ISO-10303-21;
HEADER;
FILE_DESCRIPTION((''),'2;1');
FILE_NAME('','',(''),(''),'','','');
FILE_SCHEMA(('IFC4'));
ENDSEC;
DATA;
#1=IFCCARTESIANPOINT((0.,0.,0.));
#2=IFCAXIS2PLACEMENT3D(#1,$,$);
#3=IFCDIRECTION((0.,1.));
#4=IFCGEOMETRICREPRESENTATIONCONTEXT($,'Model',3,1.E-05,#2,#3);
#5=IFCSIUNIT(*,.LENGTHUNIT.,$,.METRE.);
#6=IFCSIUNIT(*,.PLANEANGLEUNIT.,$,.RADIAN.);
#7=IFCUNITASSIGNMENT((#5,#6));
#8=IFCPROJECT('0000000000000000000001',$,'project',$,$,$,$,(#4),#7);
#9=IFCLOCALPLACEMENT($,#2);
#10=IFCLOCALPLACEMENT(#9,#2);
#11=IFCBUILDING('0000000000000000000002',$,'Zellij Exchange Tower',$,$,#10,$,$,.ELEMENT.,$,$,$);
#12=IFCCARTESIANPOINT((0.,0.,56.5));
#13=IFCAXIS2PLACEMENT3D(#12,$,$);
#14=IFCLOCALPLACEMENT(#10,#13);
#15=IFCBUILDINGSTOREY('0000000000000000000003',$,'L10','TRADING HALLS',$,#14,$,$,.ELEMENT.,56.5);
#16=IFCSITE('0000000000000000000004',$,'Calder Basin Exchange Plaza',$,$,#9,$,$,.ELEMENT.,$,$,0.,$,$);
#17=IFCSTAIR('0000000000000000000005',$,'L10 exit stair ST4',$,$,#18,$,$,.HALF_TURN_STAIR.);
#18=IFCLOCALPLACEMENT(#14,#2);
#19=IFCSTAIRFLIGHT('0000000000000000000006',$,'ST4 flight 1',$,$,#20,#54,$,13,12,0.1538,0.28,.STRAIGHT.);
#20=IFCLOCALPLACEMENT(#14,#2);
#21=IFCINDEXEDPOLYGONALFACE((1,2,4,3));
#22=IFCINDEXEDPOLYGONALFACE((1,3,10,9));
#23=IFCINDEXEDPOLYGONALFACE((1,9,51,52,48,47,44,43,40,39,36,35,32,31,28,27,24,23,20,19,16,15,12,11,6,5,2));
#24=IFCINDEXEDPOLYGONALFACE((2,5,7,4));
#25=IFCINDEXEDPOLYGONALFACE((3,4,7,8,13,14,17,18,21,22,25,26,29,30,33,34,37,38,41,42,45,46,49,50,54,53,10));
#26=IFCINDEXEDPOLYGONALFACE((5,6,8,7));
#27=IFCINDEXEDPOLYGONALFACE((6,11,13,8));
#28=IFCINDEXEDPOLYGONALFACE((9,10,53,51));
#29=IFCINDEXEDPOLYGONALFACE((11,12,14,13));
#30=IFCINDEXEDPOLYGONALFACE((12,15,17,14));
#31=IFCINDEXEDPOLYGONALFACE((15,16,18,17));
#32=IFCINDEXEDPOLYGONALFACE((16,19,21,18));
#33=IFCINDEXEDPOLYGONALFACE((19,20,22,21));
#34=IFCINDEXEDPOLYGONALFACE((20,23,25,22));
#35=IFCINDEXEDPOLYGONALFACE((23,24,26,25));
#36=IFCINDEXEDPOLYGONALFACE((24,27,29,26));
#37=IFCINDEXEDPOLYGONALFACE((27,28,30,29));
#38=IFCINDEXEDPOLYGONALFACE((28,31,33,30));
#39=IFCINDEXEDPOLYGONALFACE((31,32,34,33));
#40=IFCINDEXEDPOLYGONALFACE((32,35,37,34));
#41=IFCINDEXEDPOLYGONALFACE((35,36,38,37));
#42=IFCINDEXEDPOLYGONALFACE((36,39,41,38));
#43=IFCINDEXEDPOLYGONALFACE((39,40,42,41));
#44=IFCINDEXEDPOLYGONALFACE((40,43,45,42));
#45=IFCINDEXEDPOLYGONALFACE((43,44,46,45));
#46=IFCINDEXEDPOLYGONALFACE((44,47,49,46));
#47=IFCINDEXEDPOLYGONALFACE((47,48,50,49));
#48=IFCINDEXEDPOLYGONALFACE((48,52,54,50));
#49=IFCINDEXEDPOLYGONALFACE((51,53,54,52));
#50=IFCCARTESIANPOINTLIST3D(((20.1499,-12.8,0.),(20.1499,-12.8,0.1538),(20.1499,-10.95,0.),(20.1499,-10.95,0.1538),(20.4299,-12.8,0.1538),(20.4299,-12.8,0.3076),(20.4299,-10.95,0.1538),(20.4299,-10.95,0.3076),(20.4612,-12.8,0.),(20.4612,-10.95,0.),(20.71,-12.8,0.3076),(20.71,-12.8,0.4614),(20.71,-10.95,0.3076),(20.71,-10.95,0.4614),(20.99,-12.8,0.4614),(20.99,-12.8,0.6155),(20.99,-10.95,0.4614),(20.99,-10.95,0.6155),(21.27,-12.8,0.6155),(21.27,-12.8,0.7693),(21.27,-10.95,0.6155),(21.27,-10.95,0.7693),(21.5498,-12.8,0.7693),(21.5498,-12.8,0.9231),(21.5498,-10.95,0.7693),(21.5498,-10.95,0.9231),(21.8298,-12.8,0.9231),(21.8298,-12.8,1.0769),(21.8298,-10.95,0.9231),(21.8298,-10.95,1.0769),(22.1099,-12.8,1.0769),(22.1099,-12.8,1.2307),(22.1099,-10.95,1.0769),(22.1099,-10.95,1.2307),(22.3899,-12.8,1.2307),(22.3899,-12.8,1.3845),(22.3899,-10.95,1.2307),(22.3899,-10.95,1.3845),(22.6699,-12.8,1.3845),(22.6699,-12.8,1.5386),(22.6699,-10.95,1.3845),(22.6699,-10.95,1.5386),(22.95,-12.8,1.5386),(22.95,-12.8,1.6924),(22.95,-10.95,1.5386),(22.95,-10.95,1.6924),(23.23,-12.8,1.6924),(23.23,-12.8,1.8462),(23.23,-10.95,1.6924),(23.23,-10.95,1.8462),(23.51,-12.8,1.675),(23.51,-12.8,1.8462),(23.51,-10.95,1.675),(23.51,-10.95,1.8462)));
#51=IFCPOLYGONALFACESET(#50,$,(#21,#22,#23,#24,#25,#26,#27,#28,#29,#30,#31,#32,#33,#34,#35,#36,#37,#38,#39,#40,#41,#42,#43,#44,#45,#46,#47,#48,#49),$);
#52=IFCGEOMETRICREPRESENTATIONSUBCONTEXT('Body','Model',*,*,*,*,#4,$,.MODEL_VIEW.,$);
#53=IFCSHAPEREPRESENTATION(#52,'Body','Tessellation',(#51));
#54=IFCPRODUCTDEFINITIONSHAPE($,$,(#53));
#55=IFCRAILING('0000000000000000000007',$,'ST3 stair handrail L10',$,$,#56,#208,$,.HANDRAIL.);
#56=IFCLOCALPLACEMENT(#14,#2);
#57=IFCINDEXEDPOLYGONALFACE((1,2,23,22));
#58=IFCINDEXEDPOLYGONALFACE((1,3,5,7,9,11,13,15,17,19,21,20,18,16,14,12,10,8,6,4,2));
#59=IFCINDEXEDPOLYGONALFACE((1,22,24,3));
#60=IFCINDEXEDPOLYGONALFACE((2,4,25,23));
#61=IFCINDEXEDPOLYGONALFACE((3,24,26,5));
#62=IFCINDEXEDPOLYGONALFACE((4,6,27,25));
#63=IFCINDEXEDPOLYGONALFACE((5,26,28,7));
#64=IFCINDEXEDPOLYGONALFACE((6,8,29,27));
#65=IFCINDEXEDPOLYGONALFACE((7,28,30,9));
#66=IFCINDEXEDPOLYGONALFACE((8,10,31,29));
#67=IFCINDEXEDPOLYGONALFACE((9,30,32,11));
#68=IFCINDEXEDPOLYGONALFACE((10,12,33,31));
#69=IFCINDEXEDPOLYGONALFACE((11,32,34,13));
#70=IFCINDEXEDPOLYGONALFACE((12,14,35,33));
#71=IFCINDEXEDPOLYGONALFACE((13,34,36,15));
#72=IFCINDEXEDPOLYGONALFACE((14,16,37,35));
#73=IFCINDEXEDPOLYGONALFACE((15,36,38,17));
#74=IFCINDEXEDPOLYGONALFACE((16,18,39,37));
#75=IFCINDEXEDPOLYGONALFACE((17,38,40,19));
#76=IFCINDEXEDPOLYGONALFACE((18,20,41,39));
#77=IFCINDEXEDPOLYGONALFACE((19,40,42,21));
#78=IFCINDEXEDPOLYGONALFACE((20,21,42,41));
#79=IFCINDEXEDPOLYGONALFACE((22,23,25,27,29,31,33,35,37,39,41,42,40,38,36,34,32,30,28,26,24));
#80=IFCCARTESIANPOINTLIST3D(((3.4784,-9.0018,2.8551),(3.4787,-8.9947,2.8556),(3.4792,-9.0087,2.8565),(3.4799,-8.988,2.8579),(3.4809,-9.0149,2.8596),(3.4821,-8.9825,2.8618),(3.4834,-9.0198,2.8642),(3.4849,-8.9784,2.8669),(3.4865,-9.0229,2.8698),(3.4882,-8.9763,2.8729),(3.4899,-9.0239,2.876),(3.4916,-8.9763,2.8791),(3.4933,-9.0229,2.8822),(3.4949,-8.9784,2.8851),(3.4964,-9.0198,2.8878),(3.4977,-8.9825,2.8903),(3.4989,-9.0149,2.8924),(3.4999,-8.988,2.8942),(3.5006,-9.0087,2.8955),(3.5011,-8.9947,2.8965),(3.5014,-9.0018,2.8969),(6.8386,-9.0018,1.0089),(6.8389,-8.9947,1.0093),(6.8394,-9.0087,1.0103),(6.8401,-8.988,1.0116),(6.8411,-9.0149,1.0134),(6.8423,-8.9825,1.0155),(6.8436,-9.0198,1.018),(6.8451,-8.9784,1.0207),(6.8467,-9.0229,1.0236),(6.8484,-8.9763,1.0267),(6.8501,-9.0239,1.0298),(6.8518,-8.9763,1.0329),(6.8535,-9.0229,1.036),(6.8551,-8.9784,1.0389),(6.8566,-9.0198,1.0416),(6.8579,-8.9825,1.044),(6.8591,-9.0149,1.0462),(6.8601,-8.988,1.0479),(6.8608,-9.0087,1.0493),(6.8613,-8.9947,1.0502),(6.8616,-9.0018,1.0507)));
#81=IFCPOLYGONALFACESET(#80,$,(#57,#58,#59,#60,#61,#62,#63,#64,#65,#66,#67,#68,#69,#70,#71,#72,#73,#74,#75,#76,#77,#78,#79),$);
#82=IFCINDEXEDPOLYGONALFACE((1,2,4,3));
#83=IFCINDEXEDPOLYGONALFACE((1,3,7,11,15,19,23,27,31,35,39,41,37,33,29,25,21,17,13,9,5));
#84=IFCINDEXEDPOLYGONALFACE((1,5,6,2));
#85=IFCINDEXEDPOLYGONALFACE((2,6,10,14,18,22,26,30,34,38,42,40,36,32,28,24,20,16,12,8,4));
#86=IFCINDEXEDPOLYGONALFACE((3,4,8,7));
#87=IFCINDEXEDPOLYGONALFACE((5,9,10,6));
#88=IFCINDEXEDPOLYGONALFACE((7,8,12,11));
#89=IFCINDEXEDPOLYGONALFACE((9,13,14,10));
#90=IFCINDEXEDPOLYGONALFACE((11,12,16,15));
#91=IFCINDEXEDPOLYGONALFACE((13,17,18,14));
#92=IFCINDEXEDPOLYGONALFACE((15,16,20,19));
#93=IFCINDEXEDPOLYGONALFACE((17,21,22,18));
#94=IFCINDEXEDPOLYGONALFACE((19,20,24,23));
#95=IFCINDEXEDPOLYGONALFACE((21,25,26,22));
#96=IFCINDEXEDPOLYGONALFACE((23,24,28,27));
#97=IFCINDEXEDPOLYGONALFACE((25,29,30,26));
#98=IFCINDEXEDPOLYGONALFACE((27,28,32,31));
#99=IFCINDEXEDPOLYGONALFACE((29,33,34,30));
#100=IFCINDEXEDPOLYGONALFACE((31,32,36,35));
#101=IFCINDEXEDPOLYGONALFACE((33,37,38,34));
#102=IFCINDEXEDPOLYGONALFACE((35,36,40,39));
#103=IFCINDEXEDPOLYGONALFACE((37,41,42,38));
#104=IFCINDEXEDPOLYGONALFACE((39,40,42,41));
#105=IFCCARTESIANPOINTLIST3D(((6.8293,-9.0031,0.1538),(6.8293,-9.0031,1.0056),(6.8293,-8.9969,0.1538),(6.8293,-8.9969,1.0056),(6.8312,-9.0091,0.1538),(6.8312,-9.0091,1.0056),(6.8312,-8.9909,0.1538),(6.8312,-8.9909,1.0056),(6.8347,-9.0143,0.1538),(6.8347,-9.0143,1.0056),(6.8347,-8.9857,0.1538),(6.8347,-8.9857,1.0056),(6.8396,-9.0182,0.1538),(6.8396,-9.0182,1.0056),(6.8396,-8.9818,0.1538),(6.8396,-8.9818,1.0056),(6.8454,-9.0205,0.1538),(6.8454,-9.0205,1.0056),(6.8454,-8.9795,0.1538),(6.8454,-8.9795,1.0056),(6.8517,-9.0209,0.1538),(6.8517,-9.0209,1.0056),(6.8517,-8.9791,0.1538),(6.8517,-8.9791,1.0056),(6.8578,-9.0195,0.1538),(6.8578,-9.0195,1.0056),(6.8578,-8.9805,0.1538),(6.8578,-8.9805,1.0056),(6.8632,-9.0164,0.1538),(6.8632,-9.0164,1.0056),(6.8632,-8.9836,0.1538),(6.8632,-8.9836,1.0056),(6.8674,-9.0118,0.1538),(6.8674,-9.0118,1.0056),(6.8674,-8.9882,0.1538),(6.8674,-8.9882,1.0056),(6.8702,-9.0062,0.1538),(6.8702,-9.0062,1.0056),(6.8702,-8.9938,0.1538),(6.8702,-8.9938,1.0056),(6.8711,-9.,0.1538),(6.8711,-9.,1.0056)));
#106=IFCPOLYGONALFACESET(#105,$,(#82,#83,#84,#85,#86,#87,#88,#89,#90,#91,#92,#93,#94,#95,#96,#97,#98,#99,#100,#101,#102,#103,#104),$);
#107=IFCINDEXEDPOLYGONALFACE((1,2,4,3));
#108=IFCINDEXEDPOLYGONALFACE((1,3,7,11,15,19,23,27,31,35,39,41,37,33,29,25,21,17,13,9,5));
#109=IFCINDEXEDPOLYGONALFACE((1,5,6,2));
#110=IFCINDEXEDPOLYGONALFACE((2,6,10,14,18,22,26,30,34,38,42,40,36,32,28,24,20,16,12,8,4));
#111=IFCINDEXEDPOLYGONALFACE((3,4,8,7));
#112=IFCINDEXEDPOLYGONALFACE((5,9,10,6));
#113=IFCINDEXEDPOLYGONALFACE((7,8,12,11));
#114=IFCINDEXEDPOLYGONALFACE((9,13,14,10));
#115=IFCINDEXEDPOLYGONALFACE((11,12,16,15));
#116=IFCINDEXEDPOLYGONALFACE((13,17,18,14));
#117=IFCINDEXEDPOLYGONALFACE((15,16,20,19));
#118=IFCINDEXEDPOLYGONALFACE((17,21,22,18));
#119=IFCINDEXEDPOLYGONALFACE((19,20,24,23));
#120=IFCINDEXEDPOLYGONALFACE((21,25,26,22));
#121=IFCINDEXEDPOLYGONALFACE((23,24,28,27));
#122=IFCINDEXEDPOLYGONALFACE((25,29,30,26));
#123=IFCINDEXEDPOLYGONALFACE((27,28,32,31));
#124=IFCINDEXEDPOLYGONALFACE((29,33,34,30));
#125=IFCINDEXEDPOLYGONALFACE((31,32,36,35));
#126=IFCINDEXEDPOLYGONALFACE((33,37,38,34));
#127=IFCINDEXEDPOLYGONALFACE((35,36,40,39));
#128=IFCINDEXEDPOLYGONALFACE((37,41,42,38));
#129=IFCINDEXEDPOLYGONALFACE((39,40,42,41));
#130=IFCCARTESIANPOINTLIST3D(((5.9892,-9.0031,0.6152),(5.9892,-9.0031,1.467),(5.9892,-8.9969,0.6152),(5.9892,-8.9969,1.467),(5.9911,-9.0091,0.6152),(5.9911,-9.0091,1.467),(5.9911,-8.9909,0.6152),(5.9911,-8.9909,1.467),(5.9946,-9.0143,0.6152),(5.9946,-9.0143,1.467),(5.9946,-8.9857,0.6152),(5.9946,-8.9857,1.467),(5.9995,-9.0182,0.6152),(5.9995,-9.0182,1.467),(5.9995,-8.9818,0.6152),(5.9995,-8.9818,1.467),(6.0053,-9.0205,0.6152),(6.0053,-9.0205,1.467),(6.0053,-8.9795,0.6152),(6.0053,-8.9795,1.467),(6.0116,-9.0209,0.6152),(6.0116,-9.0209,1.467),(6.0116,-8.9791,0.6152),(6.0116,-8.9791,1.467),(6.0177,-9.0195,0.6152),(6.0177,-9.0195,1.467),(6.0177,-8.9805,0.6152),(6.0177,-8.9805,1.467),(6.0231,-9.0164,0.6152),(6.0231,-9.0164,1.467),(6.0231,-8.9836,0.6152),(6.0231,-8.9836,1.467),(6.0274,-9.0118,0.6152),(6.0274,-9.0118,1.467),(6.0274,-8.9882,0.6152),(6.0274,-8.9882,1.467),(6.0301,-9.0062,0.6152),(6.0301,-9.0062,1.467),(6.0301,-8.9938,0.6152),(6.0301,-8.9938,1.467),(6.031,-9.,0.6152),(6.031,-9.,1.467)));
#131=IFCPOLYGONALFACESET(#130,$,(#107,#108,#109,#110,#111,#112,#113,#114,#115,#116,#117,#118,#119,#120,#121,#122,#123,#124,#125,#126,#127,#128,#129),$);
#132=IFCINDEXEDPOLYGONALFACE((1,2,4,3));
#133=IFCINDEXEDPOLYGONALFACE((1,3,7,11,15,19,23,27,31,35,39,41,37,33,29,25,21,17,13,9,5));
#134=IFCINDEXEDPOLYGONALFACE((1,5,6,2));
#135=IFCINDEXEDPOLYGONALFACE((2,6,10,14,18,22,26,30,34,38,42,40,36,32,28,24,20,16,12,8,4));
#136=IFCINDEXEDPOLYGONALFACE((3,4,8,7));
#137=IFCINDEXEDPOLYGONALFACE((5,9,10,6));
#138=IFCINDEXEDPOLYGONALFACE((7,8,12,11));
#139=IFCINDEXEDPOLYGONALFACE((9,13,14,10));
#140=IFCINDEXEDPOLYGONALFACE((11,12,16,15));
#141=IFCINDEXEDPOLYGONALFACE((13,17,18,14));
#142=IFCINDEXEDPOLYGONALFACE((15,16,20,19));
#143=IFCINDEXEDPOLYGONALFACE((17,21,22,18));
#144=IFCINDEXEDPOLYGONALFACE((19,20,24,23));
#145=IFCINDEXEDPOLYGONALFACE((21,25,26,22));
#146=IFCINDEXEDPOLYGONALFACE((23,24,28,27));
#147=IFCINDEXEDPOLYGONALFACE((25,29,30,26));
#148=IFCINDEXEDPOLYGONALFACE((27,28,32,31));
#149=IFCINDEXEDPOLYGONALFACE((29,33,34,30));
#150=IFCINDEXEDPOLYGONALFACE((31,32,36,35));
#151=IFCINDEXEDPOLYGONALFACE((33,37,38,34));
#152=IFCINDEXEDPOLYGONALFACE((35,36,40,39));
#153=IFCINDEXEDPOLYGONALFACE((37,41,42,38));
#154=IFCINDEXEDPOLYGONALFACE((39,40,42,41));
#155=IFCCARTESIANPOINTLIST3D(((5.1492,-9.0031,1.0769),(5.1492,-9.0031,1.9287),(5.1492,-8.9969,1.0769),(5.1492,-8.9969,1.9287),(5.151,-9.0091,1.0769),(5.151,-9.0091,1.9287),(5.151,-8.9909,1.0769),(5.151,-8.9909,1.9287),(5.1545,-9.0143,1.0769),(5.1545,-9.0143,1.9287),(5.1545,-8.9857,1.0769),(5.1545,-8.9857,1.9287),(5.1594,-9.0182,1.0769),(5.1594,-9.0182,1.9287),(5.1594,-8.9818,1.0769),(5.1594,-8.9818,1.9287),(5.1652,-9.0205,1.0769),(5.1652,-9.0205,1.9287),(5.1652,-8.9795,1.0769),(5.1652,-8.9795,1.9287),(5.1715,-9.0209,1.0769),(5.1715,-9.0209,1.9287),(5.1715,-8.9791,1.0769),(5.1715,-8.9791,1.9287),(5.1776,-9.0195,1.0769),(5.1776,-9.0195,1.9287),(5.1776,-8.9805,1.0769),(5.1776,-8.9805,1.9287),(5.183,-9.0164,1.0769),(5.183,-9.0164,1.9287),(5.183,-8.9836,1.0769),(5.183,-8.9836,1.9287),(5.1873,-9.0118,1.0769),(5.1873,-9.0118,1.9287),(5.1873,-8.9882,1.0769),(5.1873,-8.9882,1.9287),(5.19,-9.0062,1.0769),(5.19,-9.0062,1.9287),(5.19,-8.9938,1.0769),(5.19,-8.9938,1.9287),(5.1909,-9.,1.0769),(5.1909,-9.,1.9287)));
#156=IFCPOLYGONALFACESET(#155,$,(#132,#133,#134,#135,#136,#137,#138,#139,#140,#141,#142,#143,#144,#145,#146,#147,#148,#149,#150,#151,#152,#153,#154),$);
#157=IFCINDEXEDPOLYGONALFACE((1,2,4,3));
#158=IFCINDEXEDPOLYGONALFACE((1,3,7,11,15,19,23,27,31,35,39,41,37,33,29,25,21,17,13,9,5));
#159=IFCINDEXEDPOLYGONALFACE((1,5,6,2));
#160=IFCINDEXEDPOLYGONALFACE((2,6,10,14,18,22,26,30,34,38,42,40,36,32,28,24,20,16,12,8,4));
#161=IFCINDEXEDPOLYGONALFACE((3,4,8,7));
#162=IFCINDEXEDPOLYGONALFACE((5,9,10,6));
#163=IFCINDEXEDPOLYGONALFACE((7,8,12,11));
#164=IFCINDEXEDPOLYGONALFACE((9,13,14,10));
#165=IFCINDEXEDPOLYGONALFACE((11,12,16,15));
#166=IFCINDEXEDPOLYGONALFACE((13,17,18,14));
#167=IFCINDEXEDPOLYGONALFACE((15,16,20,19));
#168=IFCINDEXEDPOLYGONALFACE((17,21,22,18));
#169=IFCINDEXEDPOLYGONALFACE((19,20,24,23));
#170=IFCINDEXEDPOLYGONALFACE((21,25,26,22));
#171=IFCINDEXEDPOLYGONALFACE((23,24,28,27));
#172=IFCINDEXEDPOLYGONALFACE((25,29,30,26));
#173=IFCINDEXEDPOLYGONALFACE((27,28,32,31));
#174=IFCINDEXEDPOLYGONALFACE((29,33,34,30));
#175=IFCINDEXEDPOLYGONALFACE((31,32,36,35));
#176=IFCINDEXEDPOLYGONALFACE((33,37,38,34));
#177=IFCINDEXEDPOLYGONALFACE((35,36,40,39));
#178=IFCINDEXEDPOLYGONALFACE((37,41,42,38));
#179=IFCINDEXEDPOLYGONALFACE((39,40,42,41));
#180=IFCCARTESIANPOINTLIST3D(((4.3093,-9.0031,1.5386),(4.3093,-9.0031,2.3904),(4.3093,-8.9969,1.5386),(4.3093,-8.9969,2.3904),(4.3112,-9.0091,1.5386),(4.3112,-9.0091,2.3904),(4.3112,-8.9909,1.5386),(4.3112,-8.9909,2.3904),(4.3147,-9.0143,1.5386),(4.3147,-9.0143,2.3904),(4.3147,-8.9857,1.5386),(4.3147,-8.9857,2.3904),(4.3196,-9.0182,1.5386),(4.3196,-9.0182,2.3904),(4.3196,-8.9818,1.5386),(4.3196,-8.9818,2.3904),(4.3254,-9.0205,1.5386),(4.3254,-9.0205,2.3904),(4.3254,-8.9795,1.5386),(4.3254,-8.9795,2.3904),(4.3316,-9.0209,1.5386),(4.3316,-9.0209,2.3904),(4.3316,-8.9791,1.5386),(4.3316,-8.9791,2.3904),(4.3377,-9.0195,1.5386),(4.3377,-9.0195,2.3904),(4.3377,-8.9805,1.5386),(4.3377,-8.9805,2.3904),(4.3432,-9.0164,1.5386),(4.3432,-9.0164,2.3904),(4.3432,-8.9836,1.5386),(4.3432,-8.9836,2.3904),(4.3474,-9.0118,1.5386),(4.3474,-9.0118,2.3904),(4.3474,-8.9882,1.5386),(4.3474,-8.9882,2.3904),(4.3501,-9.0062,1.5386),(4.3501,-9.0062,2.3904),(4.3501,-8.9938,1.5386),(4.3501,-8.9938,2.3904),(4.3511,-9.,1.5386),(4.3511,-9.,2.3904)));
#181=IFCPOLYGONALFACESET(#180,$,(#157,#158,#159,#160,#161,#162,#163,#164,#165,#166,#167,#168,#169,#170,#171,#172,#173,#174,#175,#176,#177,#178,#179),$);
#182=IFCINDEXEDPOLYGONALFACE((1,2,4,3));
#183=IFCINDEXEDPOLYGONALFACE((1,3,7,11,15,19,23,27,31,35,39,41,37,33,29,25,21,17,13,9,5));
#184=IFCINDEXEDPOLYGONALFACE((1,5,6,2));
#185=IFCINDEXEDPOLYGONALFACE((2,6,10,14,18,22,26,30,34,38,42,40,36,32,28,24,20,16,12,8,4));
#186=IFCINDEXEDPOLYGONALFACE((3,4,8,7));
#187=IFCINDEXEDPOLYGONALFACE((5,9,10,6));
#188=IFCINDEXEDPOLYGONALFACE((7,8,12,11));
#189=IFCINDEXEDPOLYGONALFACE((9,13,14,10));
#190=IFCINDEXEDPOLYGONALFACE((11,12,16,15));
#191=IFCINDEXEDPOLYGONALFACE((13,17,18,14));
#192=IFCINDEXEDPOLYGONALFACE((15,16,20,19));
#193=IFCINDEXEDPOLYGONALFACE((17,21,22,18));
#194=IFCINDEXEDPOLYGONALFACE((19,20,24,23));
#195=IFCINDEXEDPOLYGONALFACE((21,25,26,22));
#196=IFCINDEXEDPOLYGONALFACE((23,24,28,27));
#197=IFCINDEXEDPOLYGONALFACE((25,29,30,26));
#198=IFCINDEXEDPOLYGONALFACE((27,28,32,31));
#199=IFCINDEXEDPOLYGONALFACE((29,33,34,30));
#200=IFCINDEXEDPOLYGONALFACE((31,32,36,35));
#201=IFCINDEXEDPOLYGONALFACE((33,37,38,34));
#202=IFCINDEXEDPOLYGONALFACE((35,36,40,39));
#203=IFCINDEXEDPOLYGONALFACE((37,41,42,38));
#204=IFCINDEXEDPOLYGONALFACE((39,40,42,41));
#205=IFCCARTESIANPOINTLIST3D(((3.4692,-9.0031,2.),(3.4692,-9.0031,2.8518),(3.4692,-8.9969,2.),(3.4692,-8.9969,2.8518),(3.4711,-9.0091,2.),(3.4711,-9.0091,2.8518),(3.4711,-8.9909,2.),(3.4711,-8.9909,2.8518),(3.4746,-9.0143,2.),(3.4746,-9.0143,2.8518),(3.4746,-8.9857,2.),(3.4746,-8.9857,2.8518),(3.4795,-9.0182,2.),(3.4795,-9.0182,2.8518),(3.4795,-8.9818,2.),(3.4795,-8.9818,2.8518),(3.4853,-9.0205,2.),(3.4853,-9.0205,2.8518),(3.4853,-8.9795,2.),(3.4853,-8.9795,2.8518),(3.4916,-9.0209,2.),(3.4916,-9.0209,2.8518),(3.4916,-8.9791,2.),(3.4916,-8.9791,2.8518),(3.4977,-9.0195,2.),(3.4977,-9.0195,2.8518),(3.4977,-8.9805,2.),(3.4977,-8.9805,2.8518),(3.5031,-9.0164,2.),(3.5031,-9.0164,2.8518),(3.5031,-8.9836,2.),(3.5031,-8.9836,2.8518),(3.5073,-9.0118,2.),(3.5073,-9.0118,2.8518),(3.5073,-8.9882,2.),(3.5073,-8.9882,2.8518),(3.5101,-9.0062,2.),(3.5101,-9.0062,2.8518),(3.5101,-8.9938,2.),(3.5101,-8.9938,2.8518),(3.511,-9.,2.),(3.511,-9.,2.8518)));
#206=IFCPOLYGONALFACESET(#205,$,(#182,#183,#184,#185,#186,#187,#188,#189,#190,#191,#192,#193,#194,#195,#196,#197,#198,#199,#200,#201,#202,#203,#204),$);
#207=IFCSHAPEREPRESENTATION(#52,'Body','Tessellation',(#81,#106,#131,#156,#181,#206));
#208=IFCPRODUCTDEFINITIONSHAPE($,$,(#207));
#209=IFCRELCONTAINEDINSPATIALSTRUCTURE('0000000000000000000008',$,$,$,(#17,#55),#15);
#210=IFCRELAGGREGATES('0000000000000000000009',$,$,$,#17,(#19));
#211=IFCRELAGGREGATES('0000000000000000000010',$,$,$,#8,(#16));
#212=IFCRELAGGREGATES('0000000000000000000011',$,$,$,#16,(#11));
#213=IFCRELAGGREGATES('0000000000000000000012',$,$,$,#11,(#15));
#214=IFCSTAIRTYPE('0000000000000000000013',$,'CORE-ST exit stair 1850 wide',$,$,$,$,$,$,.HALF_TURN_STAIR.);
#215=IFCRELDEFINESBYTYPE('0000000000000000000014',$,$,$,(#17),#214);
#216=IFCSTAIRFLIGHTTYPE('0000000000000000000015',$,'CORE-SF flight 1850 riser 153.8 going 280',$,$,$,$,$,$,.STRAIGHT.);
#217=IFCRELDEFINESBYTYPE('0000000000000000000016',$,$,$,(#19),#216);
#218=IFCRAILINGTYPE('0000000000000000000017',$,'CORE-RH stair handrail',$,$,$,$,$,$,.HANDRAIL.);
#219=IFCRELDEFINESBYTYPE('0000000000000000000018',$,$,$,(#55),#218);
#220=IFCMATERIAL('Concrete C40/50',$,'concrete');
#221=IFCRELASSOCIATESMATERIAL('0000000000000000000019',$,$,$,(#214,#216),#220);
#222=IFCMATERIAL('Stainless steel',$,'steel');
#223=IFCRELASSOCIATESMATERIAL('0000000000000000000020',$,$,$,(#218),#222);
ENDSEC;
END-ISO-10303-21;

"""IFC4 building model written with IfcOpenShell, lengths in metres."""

from ifc_helpers import new_model, si_unit, direction, frame, origin, origin_2d, place, context, subcontext, project, spatial, polyline, circle, outline, extrude, material, type_object, element, aggregate, save


model = new_model("IFC4")

# Units and contexts
model_context = context("Model", 3, precision=1e-05, world=origin(), true_north=direction((0.0, 1.0)))
body_context = subcontext(model_context, "Body", "Model", "MODEL_VIEW")
ifc_project = project(units=[si_unit("LENGTHUNIT", "METRE"), si_unit("PLANEANGLEUNIT", "RADIAN")], contexts=[model_context])

# Site, building, storey
site_placement = place(None, origin())
site = spatial("IfcSite", under=ifc_project, at=site_placement, Name="Calder Basin Exchange Plaza", CompositionType="ELEMENT", RefElevation=0.0)
building_placement = place(site_placement, origin())
building = spatial("IfcBuilding", under=site, at=building_placement, Name="Zellij Exchange Tower", CompositionType="ELEMENT")
storey_placement = place(building_placement, frame((0.0, 0.0, 56.5)))
storey = spatial("IfcBuildingStorey", under=building, at=storey_placement, Name="L10", Description="TRADING HALLS", CompositionType="ELEMENT", Elevation=56.5)

# Shared definitions
ifc_material_1 = material(Name="Concrete C40/50", Category="concrete")
stair_type = type_object("IfcStairType", Name="CORE-ST exit stair 1850 wide", PredefinedType="HALF_TURN_STAIR", material=ifc_material_1)
stair_flight_type = type_object("IfcStairFlightType", Name="CORE-SF flight 1850 riser 153.8 going 280", PredefinedType="STRAIGHT", material=ifc_material_1)

# Stair, stair flight
stair_1_placement = place(storey_placement, origin())
stair_1 = element("IfcStair", 1, at=stair_1_placement, inside=storey, type_object=stair_type, Name="L10 exit stair ST4", PredefinedType="HALF_TURN_STAIR")
stair_flight_1_placement = place(storey_placement, frame((20.1499, -11.875, 0.0), z_axis=(0.0, 0.0, 1.0), x_axis=(1.0, 0.0, 0.0)))
stair_flight_1 = element("IfcStairFlight", 2, at=stair_flight_1_placement, type_object=stair_flight_type, Name="ST4 flight 1", NumberOfRisers=13, NumberOfTreads=12, PredefinedType="STRAIGHT", RiserHeight=0.1538, TreadLength=0.28, context=body_context, shape_type="SweptSolid", body=[
    extrude(outline(polyline([(0.0, 0.0), (0.0, 0.1538), (0.28, 0.1538), (0.28, 0.3076), (0.5601, 0.3076), (0.5601, 0.4614), (0.8401, 0.4614), (0.8401, 0.6155), (1.1201, 0.6155), (1.1201, 0.7693), (1.3999, 0.7693), (1.3999, 0.9231), (1.6799, 0.9231), (1.6799, 1.0769), (1.96, 1.0769), (1.96, 1.2307), (2.24, 1.2307), (2.24, 1.3845), (2.52, 1.3845), (2.52, 1.5386), (2.8, 1.5386), (2.8, 1.6924), (3.0801, 1.6924), (3.0801, 1.8462), (3.3601, 1.8462), (3.3601, 2.0), (3.3601, 1.675), (0.3113, 0.0), (0.0, 0.0)])), frame((0.0, 0.925, 0.0), z_axis=(0.0, -1.0, 0.0), x_axis=(1.0, 0.0, 0.0)), (0.0, 0.0, 1.0), 1.8501),
])
aggregate(stair_1, [stair_flight_1])

# Railing
ifc_material_2 = material(Name="Stainless steel", Category="steel")
railing_type_1 = type_object("IfcRailingType", Name="CORE-RH stair handrail", PredefinedType="HANDRAIL", material=ifc_material_2)
railing_1_placement = place(storey_placement, frame((6.8501, -9.0, 0.1538)))
element("IfcRailing", 3, at=railing_1_placement, inside=storey, type_object=railing_type_1, Name="ST3 stair handrail L10", PredefinedType="HANDRAIL", context=body_context, shape_type="SweptSolid", body=[
    extrude(circle(Radius=0.0239, at=origin_2d()), frame((0.0, 0.0, 0.876), z_axis=(-0.876422, 0.0, 0.481545), x_axis=(0.0, -1.0, 0.0)), (0.0, 0.0, 1.0), 3.834),
    extrude(circle(Radius=0.021, at=origin_2d()), origin(), (0.0, 0.0, 1.0), 0.8518),
    extrude(circle(Radius=0.021, at=origin_2d()), frame((-0.8401, 0.0, 0.4614)), (0.0, 0.0, 1.0), 0.8518),
    extrude(circle(Radius=0.021, at=origin_2d()), frame((-1.6802, 0.0, 0.9231)), (0.0, 0.0, 1.0), 0.8518),
    extrude(circle(Radius=0.021, at=origin_2d()), frame((-2.52, 0.0, 1.3848)), (0.0, 0.0, 1.0), 0.8518),
    extrude(circle(Radius=0.021, at=origin_2d()), frame((-3.3601, 0.0, 1.8462)), (0.0, 0.0, 1.0), 0.8518),
])

save(model, "model.ifc")
